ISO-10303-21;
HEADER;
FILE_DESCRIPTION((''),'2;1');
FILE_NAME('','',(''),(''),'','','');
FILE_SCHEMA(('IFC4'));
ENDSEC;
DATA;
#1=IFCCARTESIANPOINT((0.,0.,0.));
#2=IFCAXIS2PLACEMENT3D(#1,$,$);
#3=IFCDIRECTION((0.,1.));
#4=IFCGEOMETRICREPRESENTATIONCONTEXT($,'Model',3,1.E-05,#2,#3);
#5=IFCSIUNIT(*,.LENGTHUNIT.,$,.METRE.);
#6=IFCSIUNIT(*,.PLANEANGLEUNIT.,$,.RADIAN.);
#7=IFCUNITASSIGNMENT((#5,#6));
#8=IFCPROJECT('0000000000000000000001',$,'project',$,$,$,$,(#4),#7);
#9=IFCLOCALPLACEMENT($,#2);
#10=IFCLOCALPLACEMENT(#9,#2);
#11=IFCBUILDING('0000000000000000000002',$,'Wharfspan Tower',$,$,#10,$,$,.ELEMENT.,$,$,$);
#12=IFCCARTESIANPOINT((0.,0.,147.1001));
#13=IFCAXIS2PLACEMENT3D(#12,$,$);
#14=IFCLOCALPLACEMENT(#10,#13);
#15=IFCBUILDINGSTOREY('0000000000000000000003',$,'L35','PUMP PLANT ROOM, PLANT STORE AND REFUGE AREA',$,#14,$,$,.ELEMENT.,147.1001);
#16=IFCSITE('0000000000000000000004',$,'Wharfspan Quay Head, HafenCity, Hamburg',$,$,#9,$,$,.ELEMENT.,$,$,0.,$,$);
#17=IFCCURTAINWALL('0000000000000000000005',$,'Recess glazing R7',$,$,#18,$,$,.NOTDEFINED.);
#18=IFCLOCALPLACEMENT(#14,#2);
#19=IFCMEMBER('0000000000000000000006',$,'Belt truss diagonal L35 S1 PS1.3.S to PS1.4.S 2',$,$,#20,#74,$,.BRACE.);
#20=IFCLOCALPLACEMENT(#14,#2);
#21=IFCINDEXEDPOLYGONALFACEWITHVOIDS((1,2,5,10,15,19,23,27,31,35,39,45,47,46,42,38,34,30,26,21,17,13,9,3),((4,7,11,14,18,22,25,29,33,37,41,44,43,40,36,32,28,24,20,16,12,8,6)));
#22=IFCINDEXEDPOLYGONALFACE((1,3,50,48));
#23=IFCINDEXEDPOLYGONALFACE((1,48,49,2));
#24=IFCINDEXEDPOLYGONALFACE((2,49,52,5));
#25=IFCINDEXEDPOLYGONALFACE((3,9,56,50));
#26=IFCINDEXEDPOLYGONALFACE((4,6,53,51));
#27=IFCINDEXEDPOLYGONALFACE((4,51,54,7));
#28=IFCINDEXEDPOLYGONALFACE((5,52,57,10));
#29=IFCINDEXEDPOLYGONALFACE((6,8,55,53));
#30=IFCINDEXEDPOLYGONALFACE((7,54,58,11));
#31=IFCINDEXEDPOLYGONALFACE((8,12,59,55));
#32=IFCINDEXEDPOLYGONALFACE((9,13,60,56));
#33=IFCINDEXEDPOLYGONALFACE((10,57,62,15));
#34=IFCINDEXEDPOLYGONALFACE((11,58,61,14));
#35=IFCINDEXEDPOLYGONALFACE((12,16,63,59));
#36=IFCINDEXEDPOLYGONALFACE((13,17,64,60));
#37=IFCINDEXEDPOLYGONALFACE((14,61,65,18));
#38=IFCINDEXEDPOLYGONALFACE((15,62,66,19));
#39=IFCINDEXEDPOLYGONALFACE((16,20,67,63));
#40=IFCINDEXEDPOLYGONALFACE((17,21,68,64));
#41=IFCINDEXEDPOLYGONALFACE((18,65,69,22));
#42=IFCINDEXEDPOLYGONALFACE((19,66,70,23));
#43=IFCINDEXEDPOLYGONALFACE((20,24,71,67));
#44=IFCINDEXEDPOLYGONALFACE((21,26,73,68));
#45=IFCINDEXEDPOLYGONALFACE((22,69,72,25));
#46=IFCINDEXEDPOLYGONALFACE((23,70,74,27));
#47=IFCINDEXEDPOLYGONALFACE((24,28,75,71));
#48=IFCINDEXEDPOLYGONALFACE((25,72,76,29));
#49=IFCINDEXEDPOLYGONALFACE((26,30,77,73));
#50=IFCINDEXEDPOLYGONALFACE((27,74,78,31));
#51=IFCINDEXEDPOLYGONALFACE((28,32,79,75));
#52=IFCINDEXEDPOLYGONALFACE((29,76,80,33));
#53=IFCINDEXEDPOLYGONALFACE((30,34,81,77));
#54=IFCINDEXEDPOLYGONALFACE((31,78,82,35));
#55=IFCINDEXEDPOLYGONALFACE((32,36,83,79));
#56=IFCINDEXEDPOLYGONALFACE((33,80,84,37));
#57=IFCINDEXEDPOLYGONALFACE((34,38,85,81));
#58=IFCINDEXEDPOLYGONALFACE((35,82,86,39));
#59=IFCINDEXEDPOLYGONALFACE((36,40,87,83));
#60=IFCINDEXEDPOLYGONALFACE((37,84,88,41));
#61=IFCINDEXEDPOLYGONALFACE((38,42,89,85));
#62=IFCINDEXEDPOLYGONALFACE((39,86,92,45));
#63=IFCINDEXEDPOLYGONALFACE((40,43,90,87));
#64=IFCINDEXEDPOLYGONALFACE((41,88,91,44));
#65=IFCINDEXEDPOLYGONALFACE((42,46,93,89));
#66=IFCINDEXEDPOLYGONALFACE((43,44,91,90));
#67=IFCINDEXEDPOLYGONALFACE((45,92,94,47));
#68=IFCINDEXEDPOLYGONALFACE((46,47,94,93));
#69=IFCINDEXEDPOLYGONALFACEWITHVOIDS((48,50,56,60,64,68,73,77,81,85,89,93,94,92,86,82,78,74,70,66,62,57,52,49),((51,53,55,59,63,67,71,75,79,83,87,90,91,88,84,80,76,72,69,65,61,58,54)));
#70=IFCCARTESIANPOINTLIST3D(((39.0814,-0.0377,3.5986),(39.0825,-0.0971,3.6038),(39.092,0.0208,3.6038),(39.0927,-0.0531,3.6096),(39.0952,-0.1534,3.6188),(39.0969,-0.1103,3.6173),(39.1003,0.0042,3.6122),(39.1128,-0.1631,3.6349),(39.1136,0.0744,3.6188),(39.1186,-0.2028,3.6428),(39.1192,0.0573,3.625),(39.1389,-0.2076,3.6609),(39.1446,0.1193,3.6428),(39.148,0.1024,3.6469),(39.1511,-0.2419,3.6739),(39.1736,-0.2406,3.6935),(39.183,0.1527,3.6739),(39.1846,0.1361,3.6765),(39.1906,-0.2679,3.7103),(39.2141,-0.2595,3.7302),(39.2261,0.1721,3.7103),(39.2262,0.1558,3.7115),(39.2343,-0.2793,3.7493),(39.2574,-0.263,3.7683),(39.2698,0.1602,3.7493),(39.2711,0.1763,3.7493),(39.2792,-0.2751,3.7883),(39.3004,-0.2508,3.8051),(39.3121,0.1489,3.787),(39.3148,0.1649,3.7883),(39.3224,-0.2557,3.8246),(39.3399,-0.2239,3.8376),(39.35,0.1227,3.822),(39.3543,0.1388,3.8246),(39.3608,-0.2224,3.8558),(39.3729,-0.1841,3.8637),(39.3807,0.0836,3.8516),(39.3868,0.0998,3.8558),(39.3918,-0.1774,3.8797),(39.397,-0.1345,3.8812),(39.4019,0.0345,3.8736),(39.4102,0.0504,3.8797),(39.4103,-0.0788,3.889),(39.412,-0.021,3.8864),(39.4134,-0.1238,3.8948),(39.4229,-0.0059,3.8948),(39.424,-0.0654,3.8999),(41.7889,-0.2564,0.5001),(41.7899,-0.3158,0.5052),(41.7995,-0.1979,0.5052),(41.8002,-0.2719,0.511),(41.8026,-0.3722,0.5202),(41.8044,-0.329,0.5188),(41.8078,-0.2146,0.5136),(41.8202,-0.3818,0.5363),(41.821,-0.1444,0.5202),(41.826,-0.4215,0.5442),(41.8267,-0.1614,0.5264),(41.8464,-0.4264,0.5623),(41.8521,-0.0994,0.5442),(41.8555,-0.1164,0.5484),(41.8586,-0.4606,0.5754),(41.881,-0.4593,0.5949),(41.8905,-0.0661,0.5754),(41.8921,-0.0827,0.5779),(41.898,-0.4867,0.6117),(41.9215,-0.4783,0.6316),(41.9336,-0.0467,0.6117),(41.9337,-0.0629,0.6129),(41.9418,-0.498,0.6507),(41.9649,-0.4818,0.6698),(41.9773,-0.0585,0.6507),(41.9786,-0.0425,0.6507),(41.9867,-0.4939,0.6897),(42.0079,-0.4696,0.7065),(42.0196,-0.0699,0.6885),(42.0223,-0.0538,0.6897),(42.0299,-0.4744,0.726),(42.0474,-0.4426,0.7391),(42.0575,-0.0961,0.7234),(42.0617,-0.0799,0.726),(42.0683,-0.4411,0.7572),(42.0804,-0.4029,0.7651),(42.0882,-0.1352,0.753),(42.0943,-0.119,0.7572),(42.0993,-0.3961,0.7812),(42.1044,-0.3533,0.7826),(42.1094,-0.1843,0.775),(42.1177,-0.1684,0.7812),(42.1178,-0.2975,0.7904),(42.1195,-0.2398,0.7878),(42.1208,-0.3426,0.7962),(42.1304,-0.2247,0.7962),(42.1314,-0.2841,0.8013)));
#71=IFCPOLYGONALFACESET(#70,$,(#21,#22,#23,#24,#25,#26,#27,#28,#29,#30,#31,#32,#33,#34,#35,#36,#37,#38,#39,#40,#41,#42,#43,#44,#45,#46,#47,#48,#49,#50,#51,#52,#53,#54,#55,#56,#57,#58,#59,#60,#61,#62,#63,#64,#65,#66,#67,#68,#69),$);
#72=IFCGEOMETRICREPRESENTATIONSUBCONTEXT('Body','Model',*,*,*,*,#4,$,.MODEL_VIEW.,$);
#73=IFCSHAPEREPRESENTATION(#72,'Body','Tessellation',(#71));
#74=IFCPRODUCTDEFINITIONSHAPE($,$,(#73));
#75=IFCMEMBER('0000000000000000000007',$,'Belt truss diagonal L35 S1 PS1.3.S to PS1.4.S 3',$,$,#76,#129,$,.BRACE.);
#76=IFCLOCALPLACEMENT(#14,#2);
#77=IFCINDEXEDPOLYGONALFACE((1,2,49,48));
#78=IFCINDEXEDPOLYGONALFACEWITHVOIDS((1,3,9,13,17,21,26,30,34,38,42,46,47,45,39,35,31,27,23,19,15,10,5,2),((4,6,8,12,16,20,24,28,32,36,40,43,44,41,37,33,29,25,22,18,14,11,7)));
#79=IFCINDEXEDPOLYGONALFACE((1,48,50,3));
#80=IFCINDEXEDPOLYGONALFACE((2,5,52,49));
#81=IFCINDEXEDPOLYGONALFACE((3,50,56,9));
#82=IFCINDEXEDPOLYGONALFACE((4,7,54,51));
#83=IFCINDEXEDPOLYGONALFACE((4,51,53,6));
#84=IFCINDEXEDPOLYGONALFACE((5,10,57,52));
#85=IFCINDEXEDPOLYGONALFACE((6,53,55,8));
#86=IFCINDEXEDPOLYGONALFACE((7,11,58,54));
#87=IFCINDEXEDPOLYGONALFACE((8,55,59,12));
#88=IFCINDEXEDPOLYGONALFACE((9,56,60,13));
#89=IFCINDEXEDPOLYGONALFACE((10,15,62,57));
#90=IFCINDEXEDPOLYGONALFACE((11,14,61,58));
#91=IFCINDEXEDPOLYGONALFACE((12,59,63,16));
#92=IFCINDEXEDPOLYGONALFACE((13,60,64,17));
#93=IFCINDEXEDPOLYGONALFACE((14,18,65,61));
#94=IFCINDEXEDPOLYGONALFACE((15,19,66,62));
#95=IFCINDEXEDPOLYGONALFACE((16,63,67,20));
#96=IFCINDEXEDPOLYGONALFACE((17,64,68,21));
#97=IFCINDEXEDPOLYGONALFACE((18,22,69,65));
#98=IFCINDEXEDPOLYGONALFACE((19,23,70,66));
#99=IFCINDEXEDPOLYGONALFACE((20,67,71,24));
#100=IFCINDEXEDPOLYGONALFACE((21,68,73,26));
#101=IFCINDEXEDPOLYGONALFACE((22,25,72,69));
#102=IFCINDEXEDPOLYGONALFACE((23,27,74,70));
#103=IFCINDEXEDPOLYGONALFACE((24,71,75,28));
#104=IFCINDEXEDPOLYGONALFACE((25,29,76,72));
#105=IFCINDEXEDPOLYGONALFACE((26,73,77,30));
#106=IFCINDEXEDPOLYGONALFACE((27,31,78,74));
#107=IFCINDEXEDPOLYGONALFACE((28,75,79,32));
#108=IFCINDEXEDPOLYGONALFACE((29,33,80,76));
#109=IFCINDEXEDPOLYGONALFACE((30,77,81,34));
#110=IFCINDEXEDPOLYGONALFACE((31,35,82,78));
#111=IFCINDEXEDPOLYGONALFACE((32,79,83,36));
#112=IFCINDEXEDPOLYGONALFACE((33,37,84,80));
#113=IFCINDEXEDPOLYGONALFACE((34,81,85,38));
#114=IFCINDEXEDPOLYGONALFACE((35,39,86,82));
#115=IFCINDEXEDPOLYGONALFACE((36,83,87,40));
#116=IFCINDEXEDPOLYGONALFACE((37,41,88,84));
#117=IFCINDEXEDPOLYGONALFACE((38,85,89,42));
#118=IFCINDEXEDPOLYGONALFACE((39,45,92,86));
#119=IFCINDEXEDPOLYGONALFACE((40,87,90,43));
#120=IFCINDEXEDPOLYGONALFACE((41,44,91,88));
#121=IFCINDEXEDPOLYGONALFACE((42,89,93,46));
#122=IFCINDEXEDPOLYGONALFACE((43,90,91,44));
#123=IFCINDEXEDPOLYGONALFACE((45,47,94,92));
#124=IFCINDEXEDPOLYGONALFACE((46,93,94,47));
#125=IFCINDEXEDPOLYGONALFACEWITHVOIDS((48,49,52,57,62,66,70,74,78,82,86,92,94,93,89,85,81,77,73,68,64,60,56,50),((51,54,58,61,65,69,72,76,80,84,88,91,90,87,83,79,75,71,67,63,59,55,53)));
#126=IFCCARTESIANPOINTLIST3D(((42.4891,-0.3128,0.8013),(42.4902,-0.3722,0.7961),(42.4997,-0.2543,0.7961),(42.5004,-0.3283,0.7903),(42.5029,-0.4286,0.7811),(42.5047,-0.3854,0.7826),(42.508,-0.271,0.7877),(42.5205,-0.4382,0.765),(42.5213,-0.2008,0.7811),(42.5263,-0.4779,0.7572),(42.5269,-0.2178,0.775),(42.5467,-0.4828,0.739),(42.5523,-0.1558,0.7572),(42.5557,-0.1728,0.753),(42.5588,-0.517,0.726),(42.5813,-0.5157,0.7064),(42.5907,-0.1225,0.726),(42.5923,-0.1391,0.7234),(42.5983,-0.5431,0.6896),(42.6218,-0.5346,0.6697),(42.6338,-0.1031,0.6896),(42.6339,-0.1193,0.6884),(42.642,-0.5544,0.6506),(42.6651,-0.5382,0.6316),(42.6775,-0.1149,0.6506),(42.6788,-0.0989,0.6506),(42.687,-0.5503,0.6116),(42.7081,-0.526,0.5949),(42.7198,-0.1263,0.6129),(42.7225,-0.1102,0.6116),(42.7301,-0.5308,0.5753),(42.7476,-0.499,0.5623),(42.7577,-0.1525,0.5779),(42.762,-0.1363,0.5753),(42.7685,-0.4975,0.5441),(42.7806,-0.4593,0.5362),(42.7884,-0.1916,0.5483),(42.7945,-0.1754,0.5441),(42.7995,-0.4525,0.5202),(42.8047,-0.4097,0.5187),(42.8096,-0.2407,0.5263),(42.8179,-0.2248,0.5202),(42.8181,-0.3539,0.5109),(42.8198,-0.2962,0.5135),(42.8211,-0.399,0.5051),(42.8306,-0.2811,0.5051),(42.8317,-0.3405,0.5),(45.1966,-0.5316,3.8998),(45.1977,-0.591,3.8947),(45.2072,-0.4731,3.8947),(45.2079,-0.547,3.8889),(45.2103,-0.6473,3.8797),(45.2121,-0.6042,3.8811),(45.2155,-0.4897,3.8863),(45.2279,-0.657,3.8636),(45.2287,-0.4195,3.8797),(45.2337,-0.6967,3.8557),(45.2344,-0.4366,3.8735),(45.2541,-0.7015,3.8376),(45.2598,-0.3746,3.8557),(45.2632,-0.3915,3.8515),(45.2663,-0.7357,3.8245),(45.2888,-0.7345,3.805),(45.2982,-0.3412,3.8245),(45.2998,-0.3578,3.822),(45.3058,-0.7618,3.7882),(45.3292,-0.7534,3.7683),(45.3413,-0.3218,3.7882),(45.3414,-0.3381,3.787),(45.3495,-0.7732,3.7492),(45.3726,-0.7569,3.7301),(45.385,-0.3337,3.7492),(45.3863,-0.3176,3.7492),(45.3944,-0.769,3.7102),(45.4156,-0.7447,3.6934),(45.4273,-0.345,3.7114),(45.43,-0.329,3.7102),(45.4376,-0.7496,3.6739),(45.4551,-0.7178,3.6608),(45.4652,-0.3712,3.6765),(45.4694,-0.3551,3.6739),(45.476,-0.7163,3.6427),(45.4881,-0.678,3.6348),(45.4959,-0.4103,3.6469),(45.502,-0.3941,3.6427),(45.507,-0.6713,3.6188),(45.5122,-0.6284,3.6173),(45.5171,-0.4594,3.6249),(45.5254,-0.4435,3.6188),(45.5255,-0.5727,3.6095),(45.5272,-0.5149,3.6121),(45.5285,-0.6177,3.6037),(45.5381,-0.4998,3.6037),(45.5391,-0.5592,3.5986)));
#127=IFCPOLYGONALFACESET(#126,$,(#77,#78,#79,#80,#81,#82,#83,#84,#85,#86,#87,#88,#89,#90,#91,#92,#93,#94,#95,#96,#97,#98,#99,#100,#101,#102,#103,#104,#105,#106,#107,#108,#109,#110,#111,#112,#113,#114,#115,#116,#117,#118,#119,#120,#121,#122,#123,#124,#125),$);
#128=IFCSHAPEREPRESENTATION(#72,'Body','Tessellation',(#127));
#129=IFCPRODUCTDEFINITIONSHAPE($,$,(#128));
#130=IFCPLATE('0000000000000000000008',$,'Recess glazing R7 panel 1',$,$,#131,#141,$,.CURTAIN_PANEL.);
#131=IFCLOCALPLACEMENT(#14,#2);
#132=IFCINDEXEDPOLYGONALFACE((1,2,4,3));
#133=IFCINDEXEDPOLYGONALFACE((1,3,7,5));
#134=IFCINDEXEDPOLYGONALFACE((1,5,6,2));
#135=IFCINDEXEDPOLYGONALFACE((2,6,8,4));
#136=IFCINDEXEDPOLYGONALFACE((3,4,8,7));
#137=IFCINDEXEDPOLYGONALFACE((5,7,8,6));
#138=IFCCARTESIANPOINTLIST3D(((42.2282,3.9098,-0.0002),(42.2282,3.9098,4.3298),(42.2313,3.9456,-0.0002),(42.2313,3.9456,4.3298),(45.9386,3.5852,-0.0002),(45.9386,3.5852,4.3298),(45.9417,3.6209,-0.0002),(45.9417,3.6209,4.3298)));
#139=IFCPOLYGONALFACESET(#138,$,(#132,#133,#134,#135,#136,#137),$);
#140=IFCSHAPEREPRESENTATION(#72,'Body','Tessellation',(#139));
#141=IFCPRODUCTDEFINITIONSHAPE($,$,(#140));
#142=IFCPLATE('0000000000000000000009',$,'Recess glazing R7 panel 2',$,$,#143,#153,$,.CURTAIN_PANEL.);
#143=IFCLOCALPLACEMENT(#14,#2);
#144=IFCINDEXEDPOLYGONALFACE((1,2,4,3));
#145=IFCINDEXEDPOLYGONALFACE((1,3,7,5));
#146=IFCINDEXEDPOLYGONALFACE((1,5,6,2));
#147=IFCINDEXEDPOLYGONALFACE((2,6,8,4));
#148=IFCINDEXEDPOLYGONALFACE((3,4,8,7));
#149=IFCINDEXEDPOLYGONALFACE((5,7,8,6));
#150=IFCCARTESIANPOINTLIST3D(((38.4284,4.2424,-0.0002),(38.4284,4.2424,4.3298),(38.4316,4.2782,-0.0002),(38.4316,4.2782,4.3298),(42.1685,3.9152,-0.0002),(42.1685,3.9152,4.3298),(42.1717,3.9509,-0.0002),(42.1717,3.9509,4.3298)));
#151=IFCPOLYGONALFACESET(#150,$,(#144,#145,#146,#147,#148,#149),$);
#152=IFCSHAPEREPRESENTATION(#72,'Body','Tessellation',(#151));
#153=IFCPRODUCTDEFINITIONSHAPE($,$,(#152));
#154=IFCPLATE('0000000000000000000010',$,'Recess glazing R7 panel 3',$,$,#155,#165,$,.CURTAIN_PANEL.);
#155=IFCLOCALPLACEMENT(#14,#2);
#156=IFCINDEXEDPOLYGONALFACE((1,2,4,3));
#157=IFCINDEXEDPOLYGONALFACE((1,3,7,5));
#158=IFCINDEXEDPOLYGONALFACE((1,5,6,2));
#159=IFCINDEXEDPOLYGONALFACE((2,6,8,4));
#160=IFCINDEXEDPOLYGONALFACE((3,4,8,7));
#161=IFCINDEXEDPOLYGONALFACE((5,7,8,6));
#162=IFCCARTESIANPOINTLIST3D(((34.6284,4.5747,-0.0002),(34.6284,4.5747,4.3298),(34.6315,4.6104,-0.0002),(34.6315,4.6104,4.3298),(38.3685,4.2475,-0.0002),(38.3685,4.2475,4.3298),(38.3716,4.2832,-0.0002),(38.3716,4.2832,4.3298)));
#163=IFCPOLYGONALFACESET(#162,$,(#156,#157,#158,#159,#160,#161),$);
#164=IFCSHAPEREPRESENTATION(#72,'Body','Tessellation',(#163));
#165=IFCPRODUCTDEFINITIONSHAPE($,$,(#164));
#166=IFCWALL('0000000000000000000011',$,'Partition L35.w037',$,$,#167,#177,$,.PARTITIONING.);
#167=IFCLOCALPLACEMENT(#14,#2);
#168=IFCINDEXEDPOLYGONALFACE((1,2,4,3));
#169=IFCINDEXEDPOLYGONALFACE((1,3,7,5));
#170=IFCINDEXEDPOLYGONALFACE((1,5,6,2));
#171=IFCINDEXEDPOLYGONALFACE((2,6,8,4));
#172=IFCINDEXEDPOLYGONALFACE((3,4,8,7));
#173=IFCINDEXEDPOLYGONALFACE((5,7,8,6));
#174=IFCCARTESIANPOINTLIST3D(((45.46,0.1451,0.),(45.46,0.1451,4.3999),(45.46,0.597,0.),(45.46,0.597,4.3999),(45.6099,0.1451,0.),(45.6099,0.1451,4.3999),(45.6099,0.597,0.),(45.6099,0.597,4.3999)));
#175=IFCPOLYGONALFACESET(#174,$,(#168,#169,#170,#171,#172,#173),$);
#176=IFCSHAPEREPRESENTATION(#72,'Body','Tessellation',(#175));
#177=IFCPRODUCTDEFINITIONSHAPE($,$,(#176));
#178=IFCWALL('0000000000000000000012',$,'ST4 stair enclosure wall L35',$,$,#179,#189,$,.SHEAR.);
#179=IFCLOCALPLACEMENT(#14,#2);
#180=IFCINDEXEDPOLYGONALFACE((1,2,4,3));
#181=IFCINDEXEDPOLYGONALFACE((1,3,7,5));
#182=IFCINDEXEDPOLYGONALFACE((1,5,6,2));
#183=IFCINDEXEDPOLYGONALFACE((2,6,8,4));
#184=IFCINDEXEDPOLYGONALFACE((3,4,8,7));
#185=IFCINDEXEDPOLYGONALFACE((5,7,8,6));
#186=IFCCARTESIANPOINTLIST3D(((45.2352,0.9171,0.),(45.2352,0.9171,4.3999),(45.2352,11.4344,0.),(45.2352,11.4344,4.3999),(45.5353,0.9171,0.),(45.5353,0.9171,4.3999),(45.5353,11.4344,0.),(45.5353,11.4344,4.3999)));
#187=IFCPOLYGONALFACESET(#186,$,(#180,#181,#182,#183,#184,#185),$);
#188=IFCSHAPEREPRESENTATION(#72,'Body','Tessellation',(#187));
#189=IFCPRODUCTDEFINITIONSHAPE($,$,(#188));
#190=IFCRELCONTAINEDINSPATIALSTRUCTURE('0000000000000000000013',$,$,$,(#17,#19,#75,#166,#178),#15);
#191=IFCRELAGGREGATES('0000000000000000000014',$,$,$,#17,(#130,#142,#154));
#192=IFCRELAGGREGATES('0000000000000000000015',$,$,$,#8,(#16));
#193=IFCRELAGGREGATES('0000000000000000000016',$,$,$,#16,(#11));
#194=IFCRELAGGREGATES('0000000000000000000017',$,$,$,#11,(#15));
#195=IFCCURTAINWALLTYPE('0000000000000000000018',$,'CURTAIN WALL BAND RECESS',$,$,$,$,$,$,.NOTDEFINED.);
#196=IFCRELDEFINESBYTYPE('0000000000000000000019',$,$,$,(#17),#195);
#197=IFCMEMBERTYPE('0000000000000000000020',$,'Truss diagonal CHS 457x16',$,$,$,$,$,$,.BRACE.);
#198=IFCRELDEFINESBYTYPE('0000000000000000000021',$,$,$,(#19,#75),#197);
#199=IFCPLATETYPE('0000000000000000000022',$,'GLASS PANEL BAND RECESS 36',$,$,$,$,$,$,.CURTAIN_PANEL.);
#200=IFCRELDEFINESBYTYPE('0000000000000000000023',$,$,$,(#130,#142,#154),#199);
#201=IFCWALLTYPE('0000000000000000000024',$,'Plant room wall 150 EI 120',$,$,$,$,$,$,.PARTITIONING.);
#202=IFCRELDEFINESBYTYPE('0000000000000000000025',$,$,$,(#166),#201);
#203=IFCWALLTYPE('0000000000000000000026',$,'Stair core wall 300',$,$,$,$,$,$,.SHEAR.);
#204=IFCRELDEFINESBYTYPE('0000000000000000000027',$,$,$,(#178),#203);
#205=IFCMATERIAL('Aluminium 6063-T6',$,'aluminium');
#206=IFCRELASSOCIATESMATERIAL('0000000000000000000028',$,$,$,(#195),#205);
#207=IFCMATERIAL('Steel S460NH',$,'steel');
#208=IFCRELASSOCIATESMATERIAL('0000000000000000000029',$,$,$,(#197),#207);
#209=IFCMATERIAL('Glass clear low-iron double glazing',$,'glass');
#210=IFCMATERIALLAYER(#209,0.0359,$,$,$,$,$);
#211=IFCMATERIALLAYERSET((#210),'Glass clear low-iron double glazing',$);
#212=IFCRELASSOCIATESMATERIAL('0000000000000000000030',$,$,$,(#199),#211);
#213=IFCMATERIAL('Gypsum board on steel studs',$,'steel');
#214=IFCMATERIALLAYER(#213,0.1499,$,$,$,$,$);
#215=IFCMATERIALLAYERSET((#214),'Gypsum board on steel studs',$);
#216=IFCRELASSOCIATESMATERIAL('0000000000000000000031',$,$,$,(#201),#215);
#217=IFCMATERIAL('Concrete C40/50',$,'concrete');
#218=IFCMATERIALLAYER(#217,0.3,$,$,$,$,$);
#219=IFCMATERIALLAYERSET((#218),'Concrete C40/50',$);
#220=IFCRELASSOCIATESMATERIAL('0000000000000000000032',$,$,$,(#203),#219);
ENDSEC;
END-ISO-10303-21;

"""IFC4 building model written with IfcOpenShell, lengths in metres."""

from ifc_helpers import new_model, si_unit, direction, frame, frame_2d, origin, origin_2d, place, context, subcontext, project, spatial, rectangle, hollow_circle, extrude, material, layer, layer_set, material_profile, profile_set, type_object, element, aggregate, save


model = new_model("IFC4")

# Units and contexts
model_context = context("Model", 3, precision=1e-05, world=origin(), true_north=direction((0.0, 1.0)))
body_context = subcontext(model_context, "Body", "Model", "MODEL_VIEW")
ifc_project = project(units=[si_unit("LENGTHUNIT", "METRE"), si_unit("PLANEANGLEUNIT", "RADIAN")], contexts=[model_context])

# Site, building, storey
site_placement = place(None, origin())
site = spatial("IfcSite", under=ifc_project, at=site_placement, Name="Wharfspan Quay Head, HafenCity, Hamburg", CompositionType="ELEMENT", RefElevation=0.0)
building_placement = place(site_placement, origin())
building = spatial("IfcBuilding", under=site, at=building_placement, Name="Wharfspan Tower", CompositionType="ELEMENT")
storey_placement = place(building_placement, frame((0.0, 0.0, 147.1001)))
storey = spatial("IfcBuildingStorey", under=building, at=storey_placement, Name="L35", Description="PUMP PLANT ROOM, PLANT STORE AND REFUGE AREA", CompositionType="ELEMENT", Elevation=147.1001)

# Curtain wall
ifc_material_1 = material(Name="Aluminium 6063-T6", Category="aluminium")
curtain_wall_type = type_object("IfcCurtainWallType", Name="CURTAIN WALL BAND RECESS", PredefinedType="NOTDEFINED", material=ifc_material_1)
curtain_wall_placement = place(storey_placement, origin())
curtain_wall = element("IfcCurtainWall", 1, at=curtain_wall_placement, inside=storey, type_object=curtain_wall_type, Name="Recess glazing R7", PredefinedType="NOTDEFINED")

# Members
ifc_material_2 = material(Name="Steel S460NH", Category="steel")
ifc_material_profile_1 = material_profile(ifc_material_2, hollow_circle(Radius=0.2285, WallThickness=0.0161, at=origin_2d()))
ifc_profile_set_1 = profile_set([ifc_material_profile_1], Name="Steel S460NH")
member_type_1 = type_object("IfcMemberType", Name="Truss diagonal CHS 457x16", PredefinedType="BRACE", material=ifc_profile_set_1)
for number, where, z_axis, x_axis, name in (
    (2, (39.2527, -0.0515, 3.7493), (0.657056, -0.053086, -0.75197), (0.08053, 0.99675, -0.000001), "Belt truss diagonal L35 S1 PS1.3.S to PS1.4.S 2"),
    (3, (42.6604, -0.3267, 0.6506), (0.657056, -0.053086, 0.75197), (0.08053, 0.99675, 0.000001), "Belt truss diagonal L35 S1 PS1.3.S to PS1.4.S 3"),
):
    element("IfcMember", number, at=place(storey_placement, frame(where, z_axis=z_axis, x_axis=x_axis)), inside=storey, type_object=member_type_1, Name=name, PredefinedType="BRACE", context=body_context, shape_type="SweptSolid", body=[
        extrude(hollow_circle(Radius=0.2285, WallThickness=0.0161, at=origin_2d()), origin(), (0.0, 0.0, 1.0), 4.1206),
    ])

# Plates
ifc_material_3 = material(Name="Glass clear low-iron double glazing", Category="glass")
ifc_layer_1 = layer(ifc_material_3, 0.0359)
ifc_layer_set_1 = layer_set([ifc_layer_1], Name="Glass clear low-iron double glazing")
plate_type = type_object("IfcPlateType", Name="GLASS PANEL BAND RECESS 36", PredefinedType="CURTAIN_PANEL", material=ifc_layer_set_1)
plate_1_placement = place(storey_placement, frame((44.085, 3.7654, -0.0002), z_axis=(0.0, 0.0, 1.0), x_axis=(-0.996198, 0.087156, 0.0)))
plate_1 = element("IfcPlate", 4, at=plate_1_placement, type_object=plate_type, Name="Recess glazing R7 panel 1", PredefinedType="CURTAIN_PANEL", context=body_context, shape_type="SweptSolid", body=[
    extrude(rectangle(XDim=3.7246, YDim=0.0359, at=origin_2d()), origin(), (0.0, 0.0, 1.0), 4.3301),
])
plate_2_placement = place(storey_placement, frame((40.3, 4.0967, -0.0002), z_axis=(0.0, 0.0, 1.0), x_axis=(-0.996198, 0.087156, 0.0)))
plate_2 = element("IfcPlate", 5, at=plate_2_placement, type_object=plate_type, Name="Recess glazing R7 panel 2", PredefinedType="CURTAIN_PANEL", context=body_context, shape_type="SweptSolid", body=[
    extrude(rectangle(XDim=3.7544, YDim=0.0359, at=origin_2d()), origin(), (0.0, 0.0, 1.0), 4.3301),
])
plate_3_placement = place(storey_placement, frame((36.5, 4.429, -0.0002), z_axis=(0.0, 0.0, 1.0), x_axis=(-0.996198, 0.087156, 0.0)))
plate_3 = element("IfcPlate", 6, at=plate_3_placement, type_object=plate_type, Name="Recess glazing R7 panel 3", PredefinedType="CURTAIN_PANEL", context=body_context, shape_type="SweptSolid", body=[
    extrude(rectangle(XDim=3.7544, YDim=0.0359, at=origin_2d()), origin(), (0.0, 0.0, 1.0), 4.3301),
])
aggregate(curtain_wall, [plate_1, plate_2, plate_3])

# Walls
ifc_material_4 = material(Name="Gypsum board on steel studs", Category="steel")
ifc_layer_2 = layer(ifc_material_4, 0.1499)
ifc_layer_set_2 = layer_set([ifc_layer_2], Name="Gypsum board on steel studs")
wall_type_1 = type_object("IfcWallType", Name="Plant room wall 150 EI 120", PredefinedType="PARTITIONING", material=ifc_layer_set_2)
wall_1_placement = place(storey_placement, frame((45.5349, 0.145, 0.0), z_axis=(0.0, 0.0, 1.0), x_axis=(0.0, 1.0, 0.0)))
element("IfcWall", 7, at=wall_1_placement, inside=storey, type_object=wall_type_1, Name="Partition L35.w037", PredefinedType="PARTITIONING", context=body_context, shape_type="SweptSolid", body=[
    extrude(rectangle(XDim=0.4519, YDim=0.1499, at=frame_2d((0.2261, 0.0))), origin(), (0.0, 0.0, 1.0), 4.3999),
])
ifc_material_5 = material(Name="Concrete C40/50", Category="concrete")
ifc_layer_3 = layer(ifc_material_5, 0.3)
ifc_layer_set_3 = layer_set([ifc_layer_3], Name="Concrete C40/50")
wall_type_2 = type_object("IfcWallType", Name="Stair core wall 300", PredefinedType="SHEAR", material=ifc_layer_set_3)
wall_2_placement = place(storey_placement, frame((45.3853, 0.917, 0.0), z_axis=(0.0, 0.0, 1.0), x_axis=(0.0, 1.0, 0.0)))
element("IfcWall", 8, at=wall_2_placement, inside=storey, type_object=wall_type_2, Name="ST4 stair enclosure wall L35", PredefinedType="SHEAR", context=body_context, shape_type="SweptSolid", body=[
    extrude(rectangle(XDim=10.5173, YDim=0.3, at=frame_2d((5.2588, 0.0))), origin(), (0.0, 0.0, 1.0), 4.3999),
])

save(model, "model.ifc")
